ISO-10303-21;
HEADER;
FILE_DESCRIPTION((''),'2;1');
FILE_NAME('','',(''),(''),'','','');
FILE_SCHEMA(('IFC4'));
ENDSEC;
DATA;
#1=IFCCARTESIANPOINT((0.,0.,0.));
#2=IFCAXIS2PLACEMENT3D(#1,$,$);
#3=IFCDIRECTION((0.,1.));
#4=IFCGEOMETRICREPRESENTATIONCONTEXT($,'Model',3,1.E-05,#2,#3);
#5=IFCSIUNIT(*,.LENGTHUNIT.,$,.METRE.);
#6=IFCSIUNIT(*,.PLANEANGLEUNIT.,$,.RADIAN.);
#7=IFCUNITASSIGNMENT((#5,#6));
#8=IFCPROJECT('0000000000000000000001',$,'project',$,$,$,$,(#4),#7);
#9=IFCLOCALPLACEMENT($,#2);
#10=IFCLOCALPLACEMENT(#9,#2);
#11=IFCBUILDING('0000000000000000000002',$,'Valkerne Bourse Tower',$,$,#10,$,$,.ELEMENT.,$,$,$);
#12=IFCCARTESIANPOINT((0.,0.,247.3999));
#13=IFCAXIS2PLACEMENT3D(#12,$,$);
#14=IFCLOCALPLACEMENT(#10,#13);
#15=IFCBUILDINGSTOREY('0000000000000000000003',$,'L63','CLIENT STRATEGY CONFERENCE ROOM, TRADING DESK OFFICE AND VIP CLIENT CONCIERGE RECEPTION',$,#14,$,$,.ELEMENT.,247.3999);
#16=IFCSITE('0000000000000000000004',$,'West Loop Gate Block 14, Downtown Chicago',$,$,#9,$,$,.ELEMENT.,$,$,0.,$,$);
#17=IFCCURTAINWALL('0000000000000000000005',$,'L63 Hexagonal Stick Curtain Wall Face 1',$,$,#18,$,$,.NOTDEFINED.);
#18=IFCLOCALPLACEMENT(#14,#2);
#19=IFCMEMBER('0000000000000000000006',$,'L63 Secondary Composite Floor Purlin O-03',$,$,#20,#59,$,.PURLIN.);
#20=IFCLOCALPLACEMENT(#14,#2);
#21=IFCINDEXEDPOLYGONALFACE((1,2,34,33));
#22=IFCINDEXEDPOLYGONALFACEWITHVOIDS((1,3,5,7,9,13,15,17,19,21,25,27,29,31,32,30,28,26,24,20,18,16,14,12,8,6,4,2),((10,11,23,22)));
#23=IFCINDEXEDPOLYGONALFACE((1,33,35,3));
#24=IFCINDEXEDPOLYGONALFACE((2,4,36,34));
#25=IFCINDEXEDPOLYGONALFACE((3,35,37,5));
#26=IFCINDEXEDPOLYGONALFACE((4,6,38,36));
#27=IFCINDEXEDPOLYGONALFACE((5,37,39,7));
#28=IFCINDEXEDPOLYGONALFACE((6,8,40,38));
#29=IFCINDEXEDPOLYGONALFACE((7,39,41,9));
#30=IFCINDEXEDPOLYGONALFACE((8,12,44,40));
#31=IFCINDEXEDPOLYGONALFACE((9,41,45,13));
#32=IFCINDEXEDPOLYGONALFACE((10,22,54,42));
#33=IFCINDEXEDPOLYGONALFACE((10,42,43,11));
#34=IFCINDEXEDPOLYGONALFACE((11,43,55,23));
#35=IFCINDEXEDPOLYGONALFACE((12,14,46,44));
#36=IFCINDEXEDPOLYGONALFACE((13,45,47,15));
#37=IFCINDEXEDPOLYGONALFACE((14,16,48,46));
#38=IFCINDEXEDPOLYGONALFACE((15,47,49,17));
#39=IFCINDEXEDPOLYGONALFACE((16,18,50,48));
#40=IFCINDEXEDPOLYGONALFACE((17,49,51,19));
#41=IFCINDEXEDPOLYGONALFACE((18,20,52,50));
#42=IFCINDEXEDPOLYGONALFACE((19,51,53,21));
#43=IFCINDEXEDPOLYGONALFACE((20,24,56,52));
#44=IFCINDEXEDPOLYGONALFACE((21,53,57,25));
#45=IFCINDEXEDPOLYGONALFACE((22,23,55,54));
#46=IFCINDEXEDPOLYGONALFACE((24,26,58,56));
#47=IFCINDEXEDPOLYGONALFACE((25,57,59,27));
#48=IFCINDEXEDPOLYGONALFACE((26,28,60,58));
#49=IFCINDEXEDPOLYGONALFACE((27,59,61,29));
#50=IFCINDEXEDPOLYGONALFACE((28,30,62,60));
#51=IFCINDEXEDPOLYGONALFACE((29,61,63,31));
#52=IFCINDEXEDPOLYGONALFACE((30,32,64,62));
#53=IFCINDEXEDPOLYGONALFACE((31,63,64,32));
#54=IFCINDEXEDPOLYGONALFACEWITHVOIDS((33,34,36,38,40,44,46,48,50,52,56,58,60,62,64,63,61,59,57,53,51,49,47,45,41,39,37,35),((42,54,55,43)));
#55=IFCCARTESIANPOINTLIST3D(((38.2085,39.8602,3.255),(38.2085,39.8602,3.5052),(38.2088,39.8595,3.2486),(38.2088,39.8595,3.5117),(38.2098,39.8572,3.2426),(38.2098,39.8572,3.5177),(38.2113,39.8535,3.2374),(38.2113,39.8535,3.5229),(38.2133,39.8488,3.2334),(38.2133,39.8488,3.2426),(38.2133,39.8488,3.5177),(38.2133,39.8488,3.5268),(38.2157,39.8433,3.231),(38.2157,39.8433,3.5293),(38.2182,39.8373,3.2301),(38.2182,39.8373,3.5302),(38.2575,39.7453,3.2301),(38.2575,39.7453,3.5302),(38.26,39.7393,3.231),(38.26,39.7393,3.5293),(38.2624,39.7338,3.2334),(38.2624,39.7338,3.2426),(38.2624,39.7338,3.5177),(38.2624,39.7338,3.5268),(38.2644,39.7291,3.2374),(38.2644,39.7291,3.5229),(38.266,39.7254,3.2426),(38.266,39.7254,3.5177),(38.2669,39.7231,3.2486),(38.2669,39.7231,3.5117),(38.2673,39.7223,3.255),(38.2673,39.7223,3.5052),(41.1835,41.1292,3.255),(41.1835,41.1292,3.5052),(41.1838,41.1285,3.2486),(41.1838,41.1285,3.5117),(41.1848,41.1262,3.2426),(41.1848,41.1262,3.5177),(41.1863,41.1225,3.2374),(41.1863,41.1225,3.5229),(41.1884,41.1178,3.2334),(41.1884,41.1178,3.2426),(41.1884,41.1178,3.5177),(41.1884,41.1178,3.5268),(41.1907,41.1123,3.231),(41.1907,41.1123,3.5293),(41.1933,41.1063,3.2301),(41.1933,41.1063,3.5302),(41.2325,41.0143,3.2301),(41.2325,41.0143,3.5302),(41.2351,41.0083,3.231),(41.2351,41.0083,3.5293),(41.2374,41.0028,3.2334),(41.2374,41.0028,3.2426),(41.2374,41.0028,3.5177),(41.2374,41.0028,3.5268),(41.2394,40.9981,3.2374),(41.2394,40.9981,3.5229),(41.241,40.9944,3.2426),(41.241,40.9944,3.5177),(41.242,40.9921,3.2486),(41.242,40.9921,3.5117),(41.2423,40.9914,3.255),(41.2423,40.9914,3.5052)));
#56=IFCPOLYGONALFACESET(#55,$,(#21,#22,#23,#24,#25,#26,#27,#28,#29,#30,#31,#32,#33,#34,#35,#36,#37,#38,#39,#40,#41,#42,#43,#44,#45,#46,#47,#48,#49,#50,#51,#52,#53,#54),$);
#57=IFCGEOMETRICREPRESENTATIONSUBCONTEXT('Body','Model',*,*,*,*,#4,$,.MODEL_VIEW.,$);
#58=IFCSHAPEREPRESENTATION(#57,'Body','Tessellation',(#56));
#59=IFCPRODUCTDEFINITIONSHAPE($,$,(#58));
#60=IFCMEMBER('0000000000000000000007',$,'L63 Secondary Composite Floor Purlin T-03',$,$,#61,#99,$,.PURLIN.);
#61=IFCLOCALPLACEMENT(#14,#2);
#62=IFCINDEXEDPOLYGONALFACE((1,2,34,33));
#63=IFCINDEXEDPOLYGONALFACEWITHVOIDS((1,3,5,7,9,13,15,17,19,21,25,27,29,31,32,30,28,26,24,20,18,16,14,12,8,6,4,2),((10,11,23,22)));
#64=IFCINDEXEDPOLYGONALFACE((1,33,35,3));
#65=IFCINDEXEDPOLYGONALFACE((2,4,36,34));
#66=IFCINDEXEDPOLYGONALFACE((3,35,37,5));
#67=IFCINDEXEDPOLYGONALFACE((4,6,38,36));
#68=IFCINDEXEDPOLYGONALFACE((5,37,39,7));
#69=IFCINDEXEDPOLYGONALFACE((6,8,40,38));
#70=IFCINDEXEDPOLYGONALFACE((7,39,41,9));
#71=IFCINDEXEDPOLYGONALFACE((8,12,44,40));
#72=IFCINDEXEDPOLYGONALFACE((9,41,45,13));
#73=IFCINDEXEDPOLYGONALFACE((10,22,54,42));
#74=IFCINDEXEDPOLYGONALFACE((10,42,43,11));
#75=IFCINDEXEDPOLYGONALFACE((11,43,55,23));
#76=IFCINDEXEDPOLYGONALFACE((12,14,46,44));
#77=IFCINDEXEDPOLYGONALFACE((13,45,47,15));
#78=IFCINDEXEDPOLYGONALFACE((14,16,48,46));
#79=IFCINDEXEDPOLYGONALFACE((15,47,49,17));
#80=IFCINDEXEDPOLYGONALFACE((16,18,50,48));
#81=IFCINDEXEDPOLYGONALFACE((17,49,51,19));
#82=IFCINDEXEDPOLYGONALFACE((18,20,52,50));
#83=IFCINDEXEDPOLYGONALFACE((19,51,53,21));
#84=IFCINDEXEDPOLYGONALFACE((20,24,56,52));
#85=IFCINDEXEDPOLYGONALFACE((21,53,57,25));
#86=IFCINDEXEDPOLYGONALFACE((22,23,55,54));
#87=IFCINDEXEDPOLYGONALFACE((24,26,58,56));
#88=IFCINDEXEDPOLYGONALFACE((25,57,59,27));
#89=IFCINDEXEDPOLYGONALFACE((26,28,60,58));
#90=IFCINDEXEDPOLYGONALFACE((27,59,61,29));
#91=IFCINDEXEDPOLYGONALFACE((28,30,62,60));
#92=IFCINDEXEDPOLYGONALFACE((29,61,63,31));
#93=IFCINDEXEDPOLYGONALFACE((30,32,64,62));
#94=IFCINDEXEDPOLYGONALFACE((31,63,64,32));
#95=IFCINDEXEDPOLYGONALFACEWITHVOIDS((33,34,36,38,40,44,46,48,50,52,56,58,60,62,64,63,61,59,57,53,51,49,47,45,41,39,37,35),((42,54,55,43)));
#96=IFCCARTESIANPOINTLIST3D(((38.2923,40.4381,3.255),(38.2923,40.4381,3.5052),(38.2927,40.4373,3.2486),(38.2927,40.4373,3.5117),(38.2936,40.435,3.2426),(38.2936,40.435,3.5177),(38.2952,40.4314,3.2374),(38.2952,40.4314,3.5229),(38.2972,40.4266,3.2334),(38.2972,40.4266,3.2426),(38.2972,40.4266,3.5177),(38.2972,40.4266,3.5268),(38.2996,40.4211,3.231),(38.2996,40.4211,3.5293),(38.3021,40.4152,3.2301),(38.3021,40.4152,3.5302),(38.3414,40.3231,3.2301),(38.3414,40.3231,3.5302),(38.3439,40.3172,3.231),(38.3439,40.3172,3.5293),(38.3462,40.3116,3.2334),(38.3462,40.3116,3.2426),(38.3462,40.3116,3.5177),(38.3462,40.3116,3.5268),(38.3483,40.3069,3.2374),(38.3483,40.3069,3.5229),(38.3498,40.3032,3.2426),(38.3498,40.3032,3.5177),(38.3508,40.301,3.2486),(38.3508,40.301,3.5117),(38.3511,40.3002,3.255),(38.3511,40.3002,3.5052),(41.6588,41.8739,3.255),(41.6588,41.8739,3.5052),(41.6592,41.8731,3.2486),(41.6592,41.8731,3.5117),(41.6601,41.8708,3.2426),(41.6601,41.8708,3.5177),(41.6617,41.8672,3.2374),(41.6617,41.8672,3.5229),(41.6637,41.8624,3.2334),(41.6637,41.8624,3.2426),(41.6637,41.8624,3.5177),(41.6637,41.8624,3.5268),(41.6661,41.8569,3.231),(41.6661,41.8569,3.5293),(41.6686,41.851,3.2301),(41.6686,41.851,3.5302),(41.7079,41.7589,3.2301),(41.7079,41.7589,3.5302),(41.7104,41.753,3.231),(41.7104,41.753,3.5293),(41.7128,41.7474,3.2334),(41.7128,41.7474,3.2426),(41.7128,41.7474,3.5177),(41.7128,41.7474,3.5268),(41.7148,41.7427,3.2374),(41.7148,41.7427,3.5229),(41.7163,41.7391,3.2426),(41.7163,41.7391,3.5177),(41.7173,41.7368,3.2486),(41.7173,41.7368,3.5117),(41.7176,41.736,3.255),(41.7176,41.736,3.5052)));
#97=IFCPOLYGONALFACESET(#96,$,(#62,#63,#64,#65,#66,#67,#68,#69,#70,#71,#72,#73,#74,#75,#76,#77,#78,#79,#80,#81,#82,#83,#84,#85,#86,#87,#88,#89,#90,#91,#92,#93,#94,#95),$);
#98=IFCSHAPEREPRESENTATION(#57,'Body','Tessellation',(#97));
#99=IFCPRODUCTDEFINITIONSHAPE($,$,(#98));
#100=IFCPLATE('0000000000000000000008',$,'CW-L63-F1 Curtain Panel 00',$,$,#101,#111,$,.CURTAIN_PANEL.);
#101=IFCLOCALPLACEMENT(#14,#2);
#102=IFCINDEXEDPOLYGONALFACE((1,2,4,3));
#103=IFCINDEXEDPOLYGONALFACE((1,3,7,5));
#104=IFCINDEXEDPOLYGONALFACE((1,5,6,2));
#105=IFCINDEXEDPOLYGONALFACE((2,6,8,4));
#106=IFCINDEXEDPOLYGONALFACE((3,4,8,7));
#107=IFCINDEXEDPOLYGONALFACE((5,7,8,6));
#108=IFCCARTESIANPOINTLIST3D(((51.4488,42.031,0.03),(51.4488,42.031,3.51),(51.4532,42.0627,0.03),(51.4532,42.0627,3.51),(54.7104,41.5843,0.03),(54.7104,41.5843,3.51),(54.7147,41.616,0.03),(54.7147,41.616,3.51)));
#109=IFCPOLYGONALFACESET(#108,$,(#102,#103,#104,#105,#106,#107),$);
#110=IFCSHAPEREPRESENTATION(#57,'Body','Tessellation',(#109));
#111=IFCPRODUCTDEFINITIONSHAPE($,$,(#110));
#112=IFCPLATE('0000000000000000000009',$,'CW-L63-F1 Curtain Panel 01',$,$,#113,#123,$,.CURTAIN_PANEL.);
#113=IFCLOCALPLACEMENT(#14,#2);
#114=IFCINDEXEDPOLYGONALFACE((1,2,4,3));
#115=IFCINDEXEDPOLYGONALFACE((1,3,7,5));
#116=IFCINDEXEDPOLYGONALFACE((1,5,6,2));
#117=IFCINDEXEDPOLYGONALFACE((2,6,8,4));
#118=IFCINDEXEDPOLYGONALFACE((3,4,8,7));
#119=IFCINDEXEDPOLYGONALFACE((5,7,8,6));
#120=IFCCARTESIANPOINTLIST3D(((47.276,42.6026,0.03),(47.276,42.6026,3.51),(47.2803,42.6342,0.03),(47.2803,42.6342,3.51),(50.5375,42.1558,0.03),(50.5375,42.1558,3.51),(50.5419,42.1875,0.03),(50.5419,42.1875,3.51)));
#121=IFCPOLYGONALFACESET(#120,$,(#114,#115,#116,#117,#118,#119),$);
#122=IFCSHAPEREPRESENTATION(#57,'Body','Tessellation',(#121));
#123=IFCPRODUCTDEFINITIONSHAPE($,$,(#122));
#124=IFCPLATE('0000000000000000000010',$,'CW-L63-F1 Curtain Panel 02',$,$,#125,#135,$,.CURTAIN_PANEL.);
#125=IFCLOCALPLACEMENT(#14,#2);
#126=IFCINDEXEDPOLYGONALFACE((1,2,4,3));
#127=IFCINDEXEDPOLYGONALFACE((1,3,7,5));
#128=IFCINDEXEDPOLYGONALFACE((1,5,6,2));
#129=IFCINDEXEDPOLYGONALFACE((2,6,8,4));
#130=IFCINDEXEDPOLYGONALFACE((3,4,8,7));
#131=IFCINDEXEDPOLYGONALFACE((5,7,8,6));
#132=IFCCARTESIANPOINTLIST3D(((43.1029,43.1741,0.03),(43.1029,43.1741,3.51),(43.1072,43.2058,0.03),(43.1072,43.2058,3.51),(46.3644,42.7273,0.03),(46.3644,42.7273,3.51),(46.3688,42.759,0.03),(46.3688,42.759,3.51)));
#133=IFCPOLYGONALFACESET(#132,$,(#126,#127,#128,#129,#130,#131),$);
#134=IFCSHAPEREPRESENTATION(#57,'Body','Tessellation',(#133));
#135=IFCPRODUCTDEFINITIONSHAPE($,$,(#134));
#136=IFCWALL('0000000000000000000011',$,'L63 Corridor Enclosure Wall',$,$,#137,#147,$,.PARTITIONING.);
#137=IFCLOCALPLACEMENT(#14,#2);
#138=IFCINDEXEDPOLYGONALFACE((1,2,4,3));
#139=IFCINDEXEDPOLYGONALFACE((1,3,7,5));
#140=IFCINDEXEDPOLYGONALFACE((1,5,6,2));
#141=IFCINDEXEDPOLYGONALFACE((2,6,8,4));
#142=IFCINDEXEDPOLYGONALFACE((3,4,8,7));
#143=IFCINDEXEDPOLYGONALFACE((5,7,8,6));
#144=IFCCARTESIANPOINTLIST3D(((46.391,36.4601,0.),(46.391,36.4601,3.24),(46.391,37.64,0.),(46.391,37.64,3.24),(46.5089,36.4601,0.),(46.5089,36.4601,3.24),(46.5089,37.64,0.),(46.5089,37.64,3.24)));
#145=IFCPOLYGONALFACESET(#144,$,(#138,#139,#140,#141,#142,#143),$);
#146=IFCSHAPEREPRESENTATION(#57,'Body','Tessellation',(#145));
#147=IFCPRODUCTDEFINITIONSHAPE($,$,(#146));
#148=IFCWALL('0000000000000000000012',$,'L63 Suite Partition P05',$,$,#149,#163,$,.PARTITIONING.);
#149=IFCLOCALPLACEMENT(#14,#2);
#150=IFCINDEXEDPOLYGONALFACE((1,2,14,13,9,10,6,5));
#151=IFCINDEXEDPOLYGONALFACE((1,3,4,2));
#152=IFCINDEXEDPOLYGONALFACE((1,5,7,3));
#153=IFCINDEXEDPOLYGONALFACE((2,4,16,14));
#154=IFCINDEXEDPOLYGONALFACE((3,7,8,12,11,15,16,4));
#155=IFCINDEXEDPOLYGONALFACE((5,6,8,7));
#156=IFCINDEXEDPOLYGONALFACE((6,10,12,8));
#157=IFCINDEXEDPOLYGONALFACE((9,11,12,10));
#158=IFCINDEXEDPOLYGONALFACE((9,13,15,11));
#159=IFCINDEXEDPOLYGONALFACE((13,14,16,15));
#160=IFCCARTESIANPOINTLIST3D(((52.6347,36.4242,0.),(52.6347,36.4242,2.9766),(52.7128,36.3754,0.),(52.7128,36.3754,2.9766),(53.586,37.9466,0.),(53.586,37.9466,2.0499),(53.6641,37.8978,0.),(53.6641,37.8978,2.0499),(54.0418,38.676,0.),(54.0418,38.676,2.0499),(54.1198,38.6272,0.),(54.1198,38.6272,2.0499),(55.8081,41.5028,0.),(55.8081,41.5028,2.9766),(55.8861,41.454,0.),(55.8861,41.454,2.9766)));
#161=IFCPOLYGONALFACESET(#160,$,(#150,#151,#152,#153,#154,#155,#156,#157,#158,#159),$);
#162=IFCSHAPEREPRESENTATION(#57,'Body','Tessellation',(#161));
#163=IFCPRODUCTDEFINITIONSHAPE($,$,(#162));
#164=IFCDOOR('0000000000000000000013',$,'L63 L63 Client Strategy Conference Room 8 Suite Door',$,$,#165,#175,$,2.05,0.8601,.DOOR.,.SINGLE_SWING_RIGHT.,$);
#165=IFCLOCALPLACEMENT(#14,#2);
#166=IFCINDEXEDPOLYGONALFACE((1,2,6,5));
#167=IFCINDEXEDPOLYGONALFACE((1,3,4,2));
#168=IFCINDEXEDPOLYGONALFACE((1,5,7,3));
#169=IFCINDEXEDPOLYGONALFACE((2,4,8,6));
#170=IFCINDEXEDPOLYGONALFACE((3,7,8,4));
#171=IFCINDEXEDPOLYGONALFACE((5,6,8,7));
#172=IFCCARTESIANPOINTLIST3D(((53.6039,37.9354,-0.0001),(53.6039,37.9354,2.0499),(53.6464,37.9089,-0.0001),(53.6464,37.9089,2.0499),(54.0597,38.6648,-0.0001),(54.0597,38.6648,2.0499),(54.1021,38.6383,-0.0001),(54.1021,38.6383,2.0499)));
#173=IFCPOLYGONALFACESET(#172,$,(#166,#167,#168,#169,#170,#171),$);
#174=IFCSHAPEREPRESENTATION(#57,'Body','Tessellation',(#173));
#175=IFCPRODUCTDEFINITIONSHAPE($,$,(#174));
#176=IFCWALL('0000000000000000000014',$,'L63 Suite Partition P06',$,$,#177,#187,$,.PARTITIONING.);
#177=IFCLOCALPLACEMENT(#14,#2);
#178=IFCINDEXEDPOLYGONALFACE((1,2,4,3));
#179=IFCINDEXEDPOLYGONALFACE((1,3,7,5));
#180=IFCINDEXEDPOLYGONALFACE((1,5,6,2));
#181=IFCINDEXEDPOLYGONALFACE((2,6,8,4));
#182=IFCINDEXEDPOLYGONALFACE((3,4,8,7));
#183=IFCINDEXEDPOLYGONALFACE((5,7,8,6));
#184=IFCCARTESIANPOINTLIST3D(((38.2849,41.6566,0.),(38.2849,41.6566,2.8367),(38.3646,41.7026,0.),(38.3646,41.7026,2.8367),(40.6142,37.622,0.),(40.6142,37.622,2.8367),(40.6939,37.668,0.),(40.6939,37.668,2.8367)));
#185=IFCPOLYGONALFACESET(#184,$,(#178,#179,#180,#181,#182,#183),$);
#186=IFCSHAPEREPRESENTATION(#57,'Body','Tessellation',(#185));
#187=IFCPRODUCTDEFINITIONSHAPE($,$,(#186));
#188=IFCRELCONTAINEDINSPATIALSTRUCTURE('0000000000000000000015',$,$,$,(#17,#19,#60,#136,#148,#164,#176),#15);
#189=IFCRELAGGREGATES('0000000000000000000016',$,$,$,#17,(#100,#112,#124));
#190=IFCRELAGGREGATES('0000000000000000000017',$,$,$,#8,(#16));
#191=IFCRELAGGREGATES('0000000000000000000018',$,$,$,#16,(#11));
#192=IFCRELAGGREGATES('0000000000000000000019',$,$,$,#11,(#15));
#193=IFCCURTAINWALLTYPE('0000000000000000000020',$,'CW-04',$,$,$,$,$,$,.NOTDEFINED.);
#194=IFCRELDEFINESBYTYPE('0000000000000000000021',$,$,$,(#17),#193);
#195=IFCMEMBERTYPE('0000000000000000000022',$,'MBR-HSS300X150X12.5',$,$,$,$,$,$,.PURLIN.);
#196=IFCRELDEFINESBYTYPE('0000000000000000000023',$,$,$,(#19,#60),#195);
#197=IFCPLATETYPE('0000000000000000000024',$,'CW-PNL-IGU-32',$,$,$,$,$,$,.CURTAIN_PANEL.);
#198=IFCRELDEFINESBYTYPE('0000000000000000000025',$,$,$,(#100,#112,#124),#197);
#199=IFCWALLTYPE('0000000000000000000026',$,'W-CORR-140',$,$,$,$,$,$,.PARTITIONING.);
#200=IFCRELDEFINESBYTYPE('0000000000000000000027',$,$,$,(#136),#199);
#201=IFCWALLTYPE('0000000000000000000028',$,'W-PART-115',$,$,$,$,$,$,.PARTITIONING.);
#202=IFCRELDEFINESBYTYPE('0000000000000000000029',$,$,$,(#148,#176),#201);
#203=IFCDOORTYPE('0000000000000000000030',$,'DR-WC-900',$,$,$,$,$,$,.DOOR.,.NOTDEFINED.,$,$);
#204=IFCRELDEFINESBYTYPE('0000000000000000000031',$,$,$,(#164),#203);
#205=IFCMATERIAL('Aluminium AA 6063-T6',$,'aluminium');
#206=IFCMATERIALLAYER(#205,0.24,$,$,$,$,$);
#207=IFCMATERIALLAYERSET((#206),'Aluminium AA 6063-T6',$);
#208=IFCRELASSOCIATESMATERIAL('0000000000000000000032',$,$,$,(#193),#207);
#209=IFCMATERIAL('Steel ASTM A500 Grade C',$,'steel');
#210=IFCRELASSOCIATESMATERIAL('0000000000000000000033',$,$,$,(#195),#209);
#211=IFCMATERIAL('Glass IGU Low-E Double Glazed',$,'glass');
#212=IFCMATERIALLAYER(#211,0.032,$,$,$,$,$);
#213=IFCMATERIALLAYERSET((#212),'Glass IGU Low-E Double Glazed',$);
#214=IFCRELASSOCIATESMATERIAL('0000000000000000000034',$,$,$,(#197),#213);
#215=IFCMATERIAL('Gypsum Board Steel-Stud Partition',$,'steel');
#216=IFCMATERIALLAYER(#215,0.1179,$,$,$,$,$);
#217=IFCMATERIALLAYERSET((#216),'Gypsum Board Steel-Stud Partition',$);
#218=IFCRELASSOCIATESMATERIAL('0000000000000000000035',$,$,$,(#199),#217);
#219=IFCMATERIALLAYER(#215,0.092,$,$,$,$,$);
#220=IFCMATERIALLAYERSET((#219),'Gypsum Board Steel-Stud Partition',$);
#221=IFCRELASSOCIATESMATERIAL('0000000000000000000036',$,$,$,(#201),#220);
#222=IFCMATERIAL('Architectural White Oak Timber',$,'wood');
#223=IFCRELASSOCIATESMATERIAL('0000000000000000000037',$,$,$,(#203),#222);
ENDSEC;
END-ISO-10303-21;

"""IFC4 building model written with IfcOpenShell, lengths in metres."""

from ifc_helpers import new_model, si_unit, direction, frame, frame_2d, origin, origin_2d, place, context, subcontext, project, spatial, rectangle, hollow_rectangle, extrude, material, layer, layer_set, material_profile, profile_set, type_object, element, fill, aggregate, save


model = new_model("IFC4")

# Units and contexts
model_context = context("Model", 3, precision=1e-05, world=origin(), true_north=direction((0.0, 1.0)))
body_context = subcontext(model_context, "Body", "Model", "MODEL_VIEW")
ifc_project = project(units=[si_unit("LENGTHUNIT", "METRE"), si_unit("PLANEANGLEUNIT", "RADIAN")], contexts=[model_context])

# Site, building, storey
site_placement = place(None, origin())
site = spatial("IfcSite", under=ifc_project, at=site_placement, Name="West Loop Gate Block 14, Downtown Chicago", CompositionType="ELEMENT", RefElevation=0.0)
building_placement = place(site_placement, origin())
building = spatial("IfcBuilding", under=site, at=building_placement, Name="Valkerne Bourse Tower", CompositionType="ELEMENT")
storey_placement = place(building_placement, frame((0.0, 0.0, 247.3999)))
storey = spatial("IfcBuildingStorey", under=building, at=storey_placement, Name="L63", Description="CLIENT STRATEGY CONFERENCE ROOM, TRADING DESK OFFICE AND VIP CLIENT CONCIERGE RECEPTION", CompositionType="ELEMENT", Elevation=247.3999)

# Curtain wall
ifc_material_1 = material(Name="Aluminium AA 6063-T6", Category="aluminium")
ifc_layer_1 = layer(ifc_material_1, 0.24)
ifc_layer_set_1 = layer_set([ifc_layer_1], Name="Aluminium AA 6063-T6")
curtain_wall_type = type_object("IfcCurtainWallType", Name="CW-04", PredefinedType="NOTDEFINED", material=ifc_layer_set_1)
curtain_wall_placement = place(storey_placement, origin())
curtain_wall = element("IfcCurtainWall", 1, at=curtain_wall_placement, inside=storey, type_object=curtain_wall_type, Name="L63 Hexagonal Stick Curtain Wall Face 1", PredefinedType="NOTDEFINED")

# Members
ifc_material_2 = material(Name="Steel ASTM A500 Grade C", Category="steel")
ifc_material_profile_1 = material_profile(ifc_material_2, hollow_rectangle(XDim=0.1499, YDim=0.3, WallThickness=0.0125, OuterFilletRadius=0.0249, at=origin_2d()), Name="HSS300X150X12.5")
ifc_profile_set_1 = profile_set([ifc_material_profile_1], Name="Steel ASTM A500 Grade C")
member_type_1 = type_object("IfcMemberType", Name="MBR-HSS300X150X12.5", PredefinedType="PURLIN", material=ifc_profile_set_1)
member_1_placement = place(storey_placement, frame((41.2129, 41.0603, 3.3801), z_axis=(-0.919815, -0.392352, 0.0), x_axis=(0.392352, -0.919815, 0.0)))
element("IfcMember", 2, at=member_1_placement, inside=storey, type_object=member_type_1, Name="L63 Secondary Composite Floor Purlin O-03", PredefinedType="PURLIN", context=body_context, shape_type="SweptSolid", body=[
    extrude(hollow_rectangle(XDim=0.1499, YDim=0.3, WallThickness=0.0125, OuterFilletRadius=0.0249, at=origin_2d()), origin(), (0.0, 0.0, 1.0), 3.2344),
])
member_2_placement = place(storey_placement, frame((41.6882, 41.8049, 3.3801), z_axis=(-0.919834, -0.392309, 0.0), x_axis=(0.392309, -0.919834, 0.0)))
element("IfcMember", 3, at=member_2_placement, inside=storey, type_object=member_type_1, Name="L63 Secondary Composite Floor Purlin T-03", PredefinedType="PURLIN", context=body_context, shape_type="SweptSolid", body=[
    extrude(hollow_rectangle(XDim=0.1499, YDim=0.3, WallThickness=0.0125, OuterFilletRadius=0.0249, at=origin_2d()), origin(), (0.0, 0.0, 1.0), 3.6599),
])

# Plates
ifc_material_3 = material(Name="Glass IGU Low-E Double Glazed", Category="glass")
ifc_layer_2 = layer(ifc_material_3, 0.032)
ifc_layer_set_2 = layer_set([ifc_layer_2], Name="Glass IGU Low-E Double Glazed")
plate_type = type_object("IfcPlateType", Name="CW-PNL-IGU-32", PredefinedType="CURTAIN_PANEL", material=ifc_layer_set_2)
plate_1_placement = place(storey_placement, frame((53.0818, 41.8235, 0.03), z_axis=(0.0, 0.0, 1.0), x_axis=(-0.990749, 0.135705, 0.0)))
plate_1 = element("IfcPlate", 4, at=plate_1_placement, type_object=plate_type, Name="CW-L63-F1 Curtain Panel 00", PredefinedType="CURTAIN_PANEL", context=body_context, shape_type="SweptSolid", body=[
    extrude(rectangle(XDim=3.292, YDim=0.032, at=origin_2d()), origin(), (0.0, 0.0, 1.0), 3.48),
])
plate_2_placement = place(storey_placement, frame((48.9089, 42.395, 0.03), z_axis=(0.0, 0.0, 1.0), x_axis=(-0.990749, 0.135709, 0.0)))
plate_2 = element("IfcPlate", 5, at=plate_2_placement, type_object=plate_type, Name="CW-L63-F1 Curtain Panel 01", PredefinedType="CURTAIN_PANEL", context=body_context, shape_type="SweptSolid", body=[
    extrude(rectangle(XDim=3.292, YDim=0.032, at=origin_2d()), origin(), (0.0, 0.0, 1.0), 3.48),
])
plate_3_placement = place(storey_placement, frame((44.7358, 42.9666, 0.03), z_axis=(0.0, 0.0, 1.0), x_axis=(-0.990746, 0.135732, 0.0)))
plate_3 = element("IfcPlate", 6, at=plate_3_placement, type_object=plate_type, Name="CW-L63-F1 Curtain Panel 02", PredefinedType="CURTAIN_PANEL", context=body_context, shape_type="SweptSolid", body=[
    extrude(rectangle(XDim=3.292, YDim=0.032, at=origin_2d()), origin(), (0.0, 0.0, 1.0), 3.48),
])
aggregate(curtain_wall, [plate_1, plate_2, plate_3])

# Wall
ifc_material_4 = material(Name="Gypsum Board Steel-Stud Partition", Category="steel")
ifc_layer_3 = layer(ifc_material_4, 0.1179)
ifc_layer_set_3 = layer_set([ifc_layer_3], Name="Gypsum Board Steel-Stud Partition")
wall_type_1 = type_object("IfcWallType", Name="W-CORR-140", PredefinedType="PARTITIONING", material=ifc_layer_set_3)
wall_1_placement = place(storey_placement, frame((46.45, 37.6399, 0.0), z_axis=(0.0, 0.0, 1.0), x_axis=(0.0, -1.0, 0.0)))
element("IfcWall", 7, at=wall_1_placement, inside=storey, type_object=wall_type_1, Name="L63 Corridor Enclosure Wall", PredefinedType="PARTITIONING", context=body_context, shape_type="SweptSolid", body=[
    extrude(rectangle(XDim=1.1799, YDim=0.1179, at=frame_2d((0.5898, 0.0))), origin(), (0.0, 0.0, 1.0), 3.24),
])

# Wall, opening, door
ifc_layer_4 = layer(ifc_material_4, 0.092)
ifc_layer_set_4 = layer_set([ifc_layer_4], Name="Gypsum Board Steel-Stud Partition")
wall_type_2 = type_object("IfcWallType", Name="W-PART-115", PredefinedType="PARTITIONING", material=ifc_layer_set_4)
wall_2_placement = place(storey_placement, frame((52.6738, 36.3999, 0.0), z_axis=(0.0, 0.0, 1.0), x_axis=(0.529904, 0.848058, 0.0)))
wall_2 = element("IfcWall", 8, at=wall_2_placement, inside=storey, type_object=wall_type_2, Name="L63 Suite Partition P05", PredefinedType="PARTITIONING", context=body_context, shape_type="SweptSolid", body=[
    extrude(rectangle(XDim=5.9885, YDim=0.092, at=frame_2d((2.9941, 0.0))), origin(), (0.0, 0.0, 1.0), 2.9766),
])
opening_placement = place(wall_2_placement, frame((1.7949, 0.0, 0.0)))
opening = element("IfcOpeningElement", 9, at=opening_placement, cuts=wall_2, PredefinedType="OPENING", context=body_context, shape_type="SweptSolid", body=[
    extrude(rectangle(XDim=0.8601, YDim=2.05, at=frame_2d((0.4302, 1.0249))), frame((0.0, 0.0559, 0.0), z_axis=(0.0, -1.0, 0.0), x_axis=(1.0, 0.0, 0.0)), (0.0, 0.0, 1.0), 0.1121),
])
ifc_material_5 = material(Name="Architectural White Oak Timber", Category="wood")
door_type = type_object("IfcDoorType", Name="DR-WC-900", OperationType="NOTDEFINED", PredefinedType="DOOR", material=ifc_material_5)
door_placement = place(opening_placement, origin())
door = element("IfcDoor", 10, at=door_placement, inside=storey, type_object=door_type, Name="L63 L63 Client Strategy Conference Room 8 Suite Door", OperationType="SINGLE_SWING_RIGHT", OverallHeight=2.05, OverallWidth=0.8601, PredefinedType="DOOR", context=body_context, shape_type="SweptSolid", body=[
    extrude(rectangle(XDim=0.8601, YDim=2.05, at=frame_2d((0.4302, 1.0249))), frame((0.0, 0.0249, 0.0), z_axis=(0.0, -1.0, 0.0), x_axis=(1.0, 0.0, 0.0)), (0.0, 0.0, 1.0), 0.05),
])
fill(opening, door)

# Wall
wall_3_placement = place(storey_placement, frame((40.6541, 37.645, 0.0), z_axis=(0.0, 0.0, 1.0), x_axis=(-0.499989, 0.866032, 0.0)))
element("IfcWall", 11, at=wall_3_placement, inside=storey, type_object=wall_type_2, Name="L63 Suite Partition P06", PredefinedType="PARTITIONING", context=body_context, shape_type="SweptSolid", body=[
    extrude(rectangle(XDim=4.6587, YDim=0.092, at=frame_2d((2.3293, 0.0))), origin(), (0.0, 0.0, 1.0), 2.8367),
])

save(model, "model.ifc")
